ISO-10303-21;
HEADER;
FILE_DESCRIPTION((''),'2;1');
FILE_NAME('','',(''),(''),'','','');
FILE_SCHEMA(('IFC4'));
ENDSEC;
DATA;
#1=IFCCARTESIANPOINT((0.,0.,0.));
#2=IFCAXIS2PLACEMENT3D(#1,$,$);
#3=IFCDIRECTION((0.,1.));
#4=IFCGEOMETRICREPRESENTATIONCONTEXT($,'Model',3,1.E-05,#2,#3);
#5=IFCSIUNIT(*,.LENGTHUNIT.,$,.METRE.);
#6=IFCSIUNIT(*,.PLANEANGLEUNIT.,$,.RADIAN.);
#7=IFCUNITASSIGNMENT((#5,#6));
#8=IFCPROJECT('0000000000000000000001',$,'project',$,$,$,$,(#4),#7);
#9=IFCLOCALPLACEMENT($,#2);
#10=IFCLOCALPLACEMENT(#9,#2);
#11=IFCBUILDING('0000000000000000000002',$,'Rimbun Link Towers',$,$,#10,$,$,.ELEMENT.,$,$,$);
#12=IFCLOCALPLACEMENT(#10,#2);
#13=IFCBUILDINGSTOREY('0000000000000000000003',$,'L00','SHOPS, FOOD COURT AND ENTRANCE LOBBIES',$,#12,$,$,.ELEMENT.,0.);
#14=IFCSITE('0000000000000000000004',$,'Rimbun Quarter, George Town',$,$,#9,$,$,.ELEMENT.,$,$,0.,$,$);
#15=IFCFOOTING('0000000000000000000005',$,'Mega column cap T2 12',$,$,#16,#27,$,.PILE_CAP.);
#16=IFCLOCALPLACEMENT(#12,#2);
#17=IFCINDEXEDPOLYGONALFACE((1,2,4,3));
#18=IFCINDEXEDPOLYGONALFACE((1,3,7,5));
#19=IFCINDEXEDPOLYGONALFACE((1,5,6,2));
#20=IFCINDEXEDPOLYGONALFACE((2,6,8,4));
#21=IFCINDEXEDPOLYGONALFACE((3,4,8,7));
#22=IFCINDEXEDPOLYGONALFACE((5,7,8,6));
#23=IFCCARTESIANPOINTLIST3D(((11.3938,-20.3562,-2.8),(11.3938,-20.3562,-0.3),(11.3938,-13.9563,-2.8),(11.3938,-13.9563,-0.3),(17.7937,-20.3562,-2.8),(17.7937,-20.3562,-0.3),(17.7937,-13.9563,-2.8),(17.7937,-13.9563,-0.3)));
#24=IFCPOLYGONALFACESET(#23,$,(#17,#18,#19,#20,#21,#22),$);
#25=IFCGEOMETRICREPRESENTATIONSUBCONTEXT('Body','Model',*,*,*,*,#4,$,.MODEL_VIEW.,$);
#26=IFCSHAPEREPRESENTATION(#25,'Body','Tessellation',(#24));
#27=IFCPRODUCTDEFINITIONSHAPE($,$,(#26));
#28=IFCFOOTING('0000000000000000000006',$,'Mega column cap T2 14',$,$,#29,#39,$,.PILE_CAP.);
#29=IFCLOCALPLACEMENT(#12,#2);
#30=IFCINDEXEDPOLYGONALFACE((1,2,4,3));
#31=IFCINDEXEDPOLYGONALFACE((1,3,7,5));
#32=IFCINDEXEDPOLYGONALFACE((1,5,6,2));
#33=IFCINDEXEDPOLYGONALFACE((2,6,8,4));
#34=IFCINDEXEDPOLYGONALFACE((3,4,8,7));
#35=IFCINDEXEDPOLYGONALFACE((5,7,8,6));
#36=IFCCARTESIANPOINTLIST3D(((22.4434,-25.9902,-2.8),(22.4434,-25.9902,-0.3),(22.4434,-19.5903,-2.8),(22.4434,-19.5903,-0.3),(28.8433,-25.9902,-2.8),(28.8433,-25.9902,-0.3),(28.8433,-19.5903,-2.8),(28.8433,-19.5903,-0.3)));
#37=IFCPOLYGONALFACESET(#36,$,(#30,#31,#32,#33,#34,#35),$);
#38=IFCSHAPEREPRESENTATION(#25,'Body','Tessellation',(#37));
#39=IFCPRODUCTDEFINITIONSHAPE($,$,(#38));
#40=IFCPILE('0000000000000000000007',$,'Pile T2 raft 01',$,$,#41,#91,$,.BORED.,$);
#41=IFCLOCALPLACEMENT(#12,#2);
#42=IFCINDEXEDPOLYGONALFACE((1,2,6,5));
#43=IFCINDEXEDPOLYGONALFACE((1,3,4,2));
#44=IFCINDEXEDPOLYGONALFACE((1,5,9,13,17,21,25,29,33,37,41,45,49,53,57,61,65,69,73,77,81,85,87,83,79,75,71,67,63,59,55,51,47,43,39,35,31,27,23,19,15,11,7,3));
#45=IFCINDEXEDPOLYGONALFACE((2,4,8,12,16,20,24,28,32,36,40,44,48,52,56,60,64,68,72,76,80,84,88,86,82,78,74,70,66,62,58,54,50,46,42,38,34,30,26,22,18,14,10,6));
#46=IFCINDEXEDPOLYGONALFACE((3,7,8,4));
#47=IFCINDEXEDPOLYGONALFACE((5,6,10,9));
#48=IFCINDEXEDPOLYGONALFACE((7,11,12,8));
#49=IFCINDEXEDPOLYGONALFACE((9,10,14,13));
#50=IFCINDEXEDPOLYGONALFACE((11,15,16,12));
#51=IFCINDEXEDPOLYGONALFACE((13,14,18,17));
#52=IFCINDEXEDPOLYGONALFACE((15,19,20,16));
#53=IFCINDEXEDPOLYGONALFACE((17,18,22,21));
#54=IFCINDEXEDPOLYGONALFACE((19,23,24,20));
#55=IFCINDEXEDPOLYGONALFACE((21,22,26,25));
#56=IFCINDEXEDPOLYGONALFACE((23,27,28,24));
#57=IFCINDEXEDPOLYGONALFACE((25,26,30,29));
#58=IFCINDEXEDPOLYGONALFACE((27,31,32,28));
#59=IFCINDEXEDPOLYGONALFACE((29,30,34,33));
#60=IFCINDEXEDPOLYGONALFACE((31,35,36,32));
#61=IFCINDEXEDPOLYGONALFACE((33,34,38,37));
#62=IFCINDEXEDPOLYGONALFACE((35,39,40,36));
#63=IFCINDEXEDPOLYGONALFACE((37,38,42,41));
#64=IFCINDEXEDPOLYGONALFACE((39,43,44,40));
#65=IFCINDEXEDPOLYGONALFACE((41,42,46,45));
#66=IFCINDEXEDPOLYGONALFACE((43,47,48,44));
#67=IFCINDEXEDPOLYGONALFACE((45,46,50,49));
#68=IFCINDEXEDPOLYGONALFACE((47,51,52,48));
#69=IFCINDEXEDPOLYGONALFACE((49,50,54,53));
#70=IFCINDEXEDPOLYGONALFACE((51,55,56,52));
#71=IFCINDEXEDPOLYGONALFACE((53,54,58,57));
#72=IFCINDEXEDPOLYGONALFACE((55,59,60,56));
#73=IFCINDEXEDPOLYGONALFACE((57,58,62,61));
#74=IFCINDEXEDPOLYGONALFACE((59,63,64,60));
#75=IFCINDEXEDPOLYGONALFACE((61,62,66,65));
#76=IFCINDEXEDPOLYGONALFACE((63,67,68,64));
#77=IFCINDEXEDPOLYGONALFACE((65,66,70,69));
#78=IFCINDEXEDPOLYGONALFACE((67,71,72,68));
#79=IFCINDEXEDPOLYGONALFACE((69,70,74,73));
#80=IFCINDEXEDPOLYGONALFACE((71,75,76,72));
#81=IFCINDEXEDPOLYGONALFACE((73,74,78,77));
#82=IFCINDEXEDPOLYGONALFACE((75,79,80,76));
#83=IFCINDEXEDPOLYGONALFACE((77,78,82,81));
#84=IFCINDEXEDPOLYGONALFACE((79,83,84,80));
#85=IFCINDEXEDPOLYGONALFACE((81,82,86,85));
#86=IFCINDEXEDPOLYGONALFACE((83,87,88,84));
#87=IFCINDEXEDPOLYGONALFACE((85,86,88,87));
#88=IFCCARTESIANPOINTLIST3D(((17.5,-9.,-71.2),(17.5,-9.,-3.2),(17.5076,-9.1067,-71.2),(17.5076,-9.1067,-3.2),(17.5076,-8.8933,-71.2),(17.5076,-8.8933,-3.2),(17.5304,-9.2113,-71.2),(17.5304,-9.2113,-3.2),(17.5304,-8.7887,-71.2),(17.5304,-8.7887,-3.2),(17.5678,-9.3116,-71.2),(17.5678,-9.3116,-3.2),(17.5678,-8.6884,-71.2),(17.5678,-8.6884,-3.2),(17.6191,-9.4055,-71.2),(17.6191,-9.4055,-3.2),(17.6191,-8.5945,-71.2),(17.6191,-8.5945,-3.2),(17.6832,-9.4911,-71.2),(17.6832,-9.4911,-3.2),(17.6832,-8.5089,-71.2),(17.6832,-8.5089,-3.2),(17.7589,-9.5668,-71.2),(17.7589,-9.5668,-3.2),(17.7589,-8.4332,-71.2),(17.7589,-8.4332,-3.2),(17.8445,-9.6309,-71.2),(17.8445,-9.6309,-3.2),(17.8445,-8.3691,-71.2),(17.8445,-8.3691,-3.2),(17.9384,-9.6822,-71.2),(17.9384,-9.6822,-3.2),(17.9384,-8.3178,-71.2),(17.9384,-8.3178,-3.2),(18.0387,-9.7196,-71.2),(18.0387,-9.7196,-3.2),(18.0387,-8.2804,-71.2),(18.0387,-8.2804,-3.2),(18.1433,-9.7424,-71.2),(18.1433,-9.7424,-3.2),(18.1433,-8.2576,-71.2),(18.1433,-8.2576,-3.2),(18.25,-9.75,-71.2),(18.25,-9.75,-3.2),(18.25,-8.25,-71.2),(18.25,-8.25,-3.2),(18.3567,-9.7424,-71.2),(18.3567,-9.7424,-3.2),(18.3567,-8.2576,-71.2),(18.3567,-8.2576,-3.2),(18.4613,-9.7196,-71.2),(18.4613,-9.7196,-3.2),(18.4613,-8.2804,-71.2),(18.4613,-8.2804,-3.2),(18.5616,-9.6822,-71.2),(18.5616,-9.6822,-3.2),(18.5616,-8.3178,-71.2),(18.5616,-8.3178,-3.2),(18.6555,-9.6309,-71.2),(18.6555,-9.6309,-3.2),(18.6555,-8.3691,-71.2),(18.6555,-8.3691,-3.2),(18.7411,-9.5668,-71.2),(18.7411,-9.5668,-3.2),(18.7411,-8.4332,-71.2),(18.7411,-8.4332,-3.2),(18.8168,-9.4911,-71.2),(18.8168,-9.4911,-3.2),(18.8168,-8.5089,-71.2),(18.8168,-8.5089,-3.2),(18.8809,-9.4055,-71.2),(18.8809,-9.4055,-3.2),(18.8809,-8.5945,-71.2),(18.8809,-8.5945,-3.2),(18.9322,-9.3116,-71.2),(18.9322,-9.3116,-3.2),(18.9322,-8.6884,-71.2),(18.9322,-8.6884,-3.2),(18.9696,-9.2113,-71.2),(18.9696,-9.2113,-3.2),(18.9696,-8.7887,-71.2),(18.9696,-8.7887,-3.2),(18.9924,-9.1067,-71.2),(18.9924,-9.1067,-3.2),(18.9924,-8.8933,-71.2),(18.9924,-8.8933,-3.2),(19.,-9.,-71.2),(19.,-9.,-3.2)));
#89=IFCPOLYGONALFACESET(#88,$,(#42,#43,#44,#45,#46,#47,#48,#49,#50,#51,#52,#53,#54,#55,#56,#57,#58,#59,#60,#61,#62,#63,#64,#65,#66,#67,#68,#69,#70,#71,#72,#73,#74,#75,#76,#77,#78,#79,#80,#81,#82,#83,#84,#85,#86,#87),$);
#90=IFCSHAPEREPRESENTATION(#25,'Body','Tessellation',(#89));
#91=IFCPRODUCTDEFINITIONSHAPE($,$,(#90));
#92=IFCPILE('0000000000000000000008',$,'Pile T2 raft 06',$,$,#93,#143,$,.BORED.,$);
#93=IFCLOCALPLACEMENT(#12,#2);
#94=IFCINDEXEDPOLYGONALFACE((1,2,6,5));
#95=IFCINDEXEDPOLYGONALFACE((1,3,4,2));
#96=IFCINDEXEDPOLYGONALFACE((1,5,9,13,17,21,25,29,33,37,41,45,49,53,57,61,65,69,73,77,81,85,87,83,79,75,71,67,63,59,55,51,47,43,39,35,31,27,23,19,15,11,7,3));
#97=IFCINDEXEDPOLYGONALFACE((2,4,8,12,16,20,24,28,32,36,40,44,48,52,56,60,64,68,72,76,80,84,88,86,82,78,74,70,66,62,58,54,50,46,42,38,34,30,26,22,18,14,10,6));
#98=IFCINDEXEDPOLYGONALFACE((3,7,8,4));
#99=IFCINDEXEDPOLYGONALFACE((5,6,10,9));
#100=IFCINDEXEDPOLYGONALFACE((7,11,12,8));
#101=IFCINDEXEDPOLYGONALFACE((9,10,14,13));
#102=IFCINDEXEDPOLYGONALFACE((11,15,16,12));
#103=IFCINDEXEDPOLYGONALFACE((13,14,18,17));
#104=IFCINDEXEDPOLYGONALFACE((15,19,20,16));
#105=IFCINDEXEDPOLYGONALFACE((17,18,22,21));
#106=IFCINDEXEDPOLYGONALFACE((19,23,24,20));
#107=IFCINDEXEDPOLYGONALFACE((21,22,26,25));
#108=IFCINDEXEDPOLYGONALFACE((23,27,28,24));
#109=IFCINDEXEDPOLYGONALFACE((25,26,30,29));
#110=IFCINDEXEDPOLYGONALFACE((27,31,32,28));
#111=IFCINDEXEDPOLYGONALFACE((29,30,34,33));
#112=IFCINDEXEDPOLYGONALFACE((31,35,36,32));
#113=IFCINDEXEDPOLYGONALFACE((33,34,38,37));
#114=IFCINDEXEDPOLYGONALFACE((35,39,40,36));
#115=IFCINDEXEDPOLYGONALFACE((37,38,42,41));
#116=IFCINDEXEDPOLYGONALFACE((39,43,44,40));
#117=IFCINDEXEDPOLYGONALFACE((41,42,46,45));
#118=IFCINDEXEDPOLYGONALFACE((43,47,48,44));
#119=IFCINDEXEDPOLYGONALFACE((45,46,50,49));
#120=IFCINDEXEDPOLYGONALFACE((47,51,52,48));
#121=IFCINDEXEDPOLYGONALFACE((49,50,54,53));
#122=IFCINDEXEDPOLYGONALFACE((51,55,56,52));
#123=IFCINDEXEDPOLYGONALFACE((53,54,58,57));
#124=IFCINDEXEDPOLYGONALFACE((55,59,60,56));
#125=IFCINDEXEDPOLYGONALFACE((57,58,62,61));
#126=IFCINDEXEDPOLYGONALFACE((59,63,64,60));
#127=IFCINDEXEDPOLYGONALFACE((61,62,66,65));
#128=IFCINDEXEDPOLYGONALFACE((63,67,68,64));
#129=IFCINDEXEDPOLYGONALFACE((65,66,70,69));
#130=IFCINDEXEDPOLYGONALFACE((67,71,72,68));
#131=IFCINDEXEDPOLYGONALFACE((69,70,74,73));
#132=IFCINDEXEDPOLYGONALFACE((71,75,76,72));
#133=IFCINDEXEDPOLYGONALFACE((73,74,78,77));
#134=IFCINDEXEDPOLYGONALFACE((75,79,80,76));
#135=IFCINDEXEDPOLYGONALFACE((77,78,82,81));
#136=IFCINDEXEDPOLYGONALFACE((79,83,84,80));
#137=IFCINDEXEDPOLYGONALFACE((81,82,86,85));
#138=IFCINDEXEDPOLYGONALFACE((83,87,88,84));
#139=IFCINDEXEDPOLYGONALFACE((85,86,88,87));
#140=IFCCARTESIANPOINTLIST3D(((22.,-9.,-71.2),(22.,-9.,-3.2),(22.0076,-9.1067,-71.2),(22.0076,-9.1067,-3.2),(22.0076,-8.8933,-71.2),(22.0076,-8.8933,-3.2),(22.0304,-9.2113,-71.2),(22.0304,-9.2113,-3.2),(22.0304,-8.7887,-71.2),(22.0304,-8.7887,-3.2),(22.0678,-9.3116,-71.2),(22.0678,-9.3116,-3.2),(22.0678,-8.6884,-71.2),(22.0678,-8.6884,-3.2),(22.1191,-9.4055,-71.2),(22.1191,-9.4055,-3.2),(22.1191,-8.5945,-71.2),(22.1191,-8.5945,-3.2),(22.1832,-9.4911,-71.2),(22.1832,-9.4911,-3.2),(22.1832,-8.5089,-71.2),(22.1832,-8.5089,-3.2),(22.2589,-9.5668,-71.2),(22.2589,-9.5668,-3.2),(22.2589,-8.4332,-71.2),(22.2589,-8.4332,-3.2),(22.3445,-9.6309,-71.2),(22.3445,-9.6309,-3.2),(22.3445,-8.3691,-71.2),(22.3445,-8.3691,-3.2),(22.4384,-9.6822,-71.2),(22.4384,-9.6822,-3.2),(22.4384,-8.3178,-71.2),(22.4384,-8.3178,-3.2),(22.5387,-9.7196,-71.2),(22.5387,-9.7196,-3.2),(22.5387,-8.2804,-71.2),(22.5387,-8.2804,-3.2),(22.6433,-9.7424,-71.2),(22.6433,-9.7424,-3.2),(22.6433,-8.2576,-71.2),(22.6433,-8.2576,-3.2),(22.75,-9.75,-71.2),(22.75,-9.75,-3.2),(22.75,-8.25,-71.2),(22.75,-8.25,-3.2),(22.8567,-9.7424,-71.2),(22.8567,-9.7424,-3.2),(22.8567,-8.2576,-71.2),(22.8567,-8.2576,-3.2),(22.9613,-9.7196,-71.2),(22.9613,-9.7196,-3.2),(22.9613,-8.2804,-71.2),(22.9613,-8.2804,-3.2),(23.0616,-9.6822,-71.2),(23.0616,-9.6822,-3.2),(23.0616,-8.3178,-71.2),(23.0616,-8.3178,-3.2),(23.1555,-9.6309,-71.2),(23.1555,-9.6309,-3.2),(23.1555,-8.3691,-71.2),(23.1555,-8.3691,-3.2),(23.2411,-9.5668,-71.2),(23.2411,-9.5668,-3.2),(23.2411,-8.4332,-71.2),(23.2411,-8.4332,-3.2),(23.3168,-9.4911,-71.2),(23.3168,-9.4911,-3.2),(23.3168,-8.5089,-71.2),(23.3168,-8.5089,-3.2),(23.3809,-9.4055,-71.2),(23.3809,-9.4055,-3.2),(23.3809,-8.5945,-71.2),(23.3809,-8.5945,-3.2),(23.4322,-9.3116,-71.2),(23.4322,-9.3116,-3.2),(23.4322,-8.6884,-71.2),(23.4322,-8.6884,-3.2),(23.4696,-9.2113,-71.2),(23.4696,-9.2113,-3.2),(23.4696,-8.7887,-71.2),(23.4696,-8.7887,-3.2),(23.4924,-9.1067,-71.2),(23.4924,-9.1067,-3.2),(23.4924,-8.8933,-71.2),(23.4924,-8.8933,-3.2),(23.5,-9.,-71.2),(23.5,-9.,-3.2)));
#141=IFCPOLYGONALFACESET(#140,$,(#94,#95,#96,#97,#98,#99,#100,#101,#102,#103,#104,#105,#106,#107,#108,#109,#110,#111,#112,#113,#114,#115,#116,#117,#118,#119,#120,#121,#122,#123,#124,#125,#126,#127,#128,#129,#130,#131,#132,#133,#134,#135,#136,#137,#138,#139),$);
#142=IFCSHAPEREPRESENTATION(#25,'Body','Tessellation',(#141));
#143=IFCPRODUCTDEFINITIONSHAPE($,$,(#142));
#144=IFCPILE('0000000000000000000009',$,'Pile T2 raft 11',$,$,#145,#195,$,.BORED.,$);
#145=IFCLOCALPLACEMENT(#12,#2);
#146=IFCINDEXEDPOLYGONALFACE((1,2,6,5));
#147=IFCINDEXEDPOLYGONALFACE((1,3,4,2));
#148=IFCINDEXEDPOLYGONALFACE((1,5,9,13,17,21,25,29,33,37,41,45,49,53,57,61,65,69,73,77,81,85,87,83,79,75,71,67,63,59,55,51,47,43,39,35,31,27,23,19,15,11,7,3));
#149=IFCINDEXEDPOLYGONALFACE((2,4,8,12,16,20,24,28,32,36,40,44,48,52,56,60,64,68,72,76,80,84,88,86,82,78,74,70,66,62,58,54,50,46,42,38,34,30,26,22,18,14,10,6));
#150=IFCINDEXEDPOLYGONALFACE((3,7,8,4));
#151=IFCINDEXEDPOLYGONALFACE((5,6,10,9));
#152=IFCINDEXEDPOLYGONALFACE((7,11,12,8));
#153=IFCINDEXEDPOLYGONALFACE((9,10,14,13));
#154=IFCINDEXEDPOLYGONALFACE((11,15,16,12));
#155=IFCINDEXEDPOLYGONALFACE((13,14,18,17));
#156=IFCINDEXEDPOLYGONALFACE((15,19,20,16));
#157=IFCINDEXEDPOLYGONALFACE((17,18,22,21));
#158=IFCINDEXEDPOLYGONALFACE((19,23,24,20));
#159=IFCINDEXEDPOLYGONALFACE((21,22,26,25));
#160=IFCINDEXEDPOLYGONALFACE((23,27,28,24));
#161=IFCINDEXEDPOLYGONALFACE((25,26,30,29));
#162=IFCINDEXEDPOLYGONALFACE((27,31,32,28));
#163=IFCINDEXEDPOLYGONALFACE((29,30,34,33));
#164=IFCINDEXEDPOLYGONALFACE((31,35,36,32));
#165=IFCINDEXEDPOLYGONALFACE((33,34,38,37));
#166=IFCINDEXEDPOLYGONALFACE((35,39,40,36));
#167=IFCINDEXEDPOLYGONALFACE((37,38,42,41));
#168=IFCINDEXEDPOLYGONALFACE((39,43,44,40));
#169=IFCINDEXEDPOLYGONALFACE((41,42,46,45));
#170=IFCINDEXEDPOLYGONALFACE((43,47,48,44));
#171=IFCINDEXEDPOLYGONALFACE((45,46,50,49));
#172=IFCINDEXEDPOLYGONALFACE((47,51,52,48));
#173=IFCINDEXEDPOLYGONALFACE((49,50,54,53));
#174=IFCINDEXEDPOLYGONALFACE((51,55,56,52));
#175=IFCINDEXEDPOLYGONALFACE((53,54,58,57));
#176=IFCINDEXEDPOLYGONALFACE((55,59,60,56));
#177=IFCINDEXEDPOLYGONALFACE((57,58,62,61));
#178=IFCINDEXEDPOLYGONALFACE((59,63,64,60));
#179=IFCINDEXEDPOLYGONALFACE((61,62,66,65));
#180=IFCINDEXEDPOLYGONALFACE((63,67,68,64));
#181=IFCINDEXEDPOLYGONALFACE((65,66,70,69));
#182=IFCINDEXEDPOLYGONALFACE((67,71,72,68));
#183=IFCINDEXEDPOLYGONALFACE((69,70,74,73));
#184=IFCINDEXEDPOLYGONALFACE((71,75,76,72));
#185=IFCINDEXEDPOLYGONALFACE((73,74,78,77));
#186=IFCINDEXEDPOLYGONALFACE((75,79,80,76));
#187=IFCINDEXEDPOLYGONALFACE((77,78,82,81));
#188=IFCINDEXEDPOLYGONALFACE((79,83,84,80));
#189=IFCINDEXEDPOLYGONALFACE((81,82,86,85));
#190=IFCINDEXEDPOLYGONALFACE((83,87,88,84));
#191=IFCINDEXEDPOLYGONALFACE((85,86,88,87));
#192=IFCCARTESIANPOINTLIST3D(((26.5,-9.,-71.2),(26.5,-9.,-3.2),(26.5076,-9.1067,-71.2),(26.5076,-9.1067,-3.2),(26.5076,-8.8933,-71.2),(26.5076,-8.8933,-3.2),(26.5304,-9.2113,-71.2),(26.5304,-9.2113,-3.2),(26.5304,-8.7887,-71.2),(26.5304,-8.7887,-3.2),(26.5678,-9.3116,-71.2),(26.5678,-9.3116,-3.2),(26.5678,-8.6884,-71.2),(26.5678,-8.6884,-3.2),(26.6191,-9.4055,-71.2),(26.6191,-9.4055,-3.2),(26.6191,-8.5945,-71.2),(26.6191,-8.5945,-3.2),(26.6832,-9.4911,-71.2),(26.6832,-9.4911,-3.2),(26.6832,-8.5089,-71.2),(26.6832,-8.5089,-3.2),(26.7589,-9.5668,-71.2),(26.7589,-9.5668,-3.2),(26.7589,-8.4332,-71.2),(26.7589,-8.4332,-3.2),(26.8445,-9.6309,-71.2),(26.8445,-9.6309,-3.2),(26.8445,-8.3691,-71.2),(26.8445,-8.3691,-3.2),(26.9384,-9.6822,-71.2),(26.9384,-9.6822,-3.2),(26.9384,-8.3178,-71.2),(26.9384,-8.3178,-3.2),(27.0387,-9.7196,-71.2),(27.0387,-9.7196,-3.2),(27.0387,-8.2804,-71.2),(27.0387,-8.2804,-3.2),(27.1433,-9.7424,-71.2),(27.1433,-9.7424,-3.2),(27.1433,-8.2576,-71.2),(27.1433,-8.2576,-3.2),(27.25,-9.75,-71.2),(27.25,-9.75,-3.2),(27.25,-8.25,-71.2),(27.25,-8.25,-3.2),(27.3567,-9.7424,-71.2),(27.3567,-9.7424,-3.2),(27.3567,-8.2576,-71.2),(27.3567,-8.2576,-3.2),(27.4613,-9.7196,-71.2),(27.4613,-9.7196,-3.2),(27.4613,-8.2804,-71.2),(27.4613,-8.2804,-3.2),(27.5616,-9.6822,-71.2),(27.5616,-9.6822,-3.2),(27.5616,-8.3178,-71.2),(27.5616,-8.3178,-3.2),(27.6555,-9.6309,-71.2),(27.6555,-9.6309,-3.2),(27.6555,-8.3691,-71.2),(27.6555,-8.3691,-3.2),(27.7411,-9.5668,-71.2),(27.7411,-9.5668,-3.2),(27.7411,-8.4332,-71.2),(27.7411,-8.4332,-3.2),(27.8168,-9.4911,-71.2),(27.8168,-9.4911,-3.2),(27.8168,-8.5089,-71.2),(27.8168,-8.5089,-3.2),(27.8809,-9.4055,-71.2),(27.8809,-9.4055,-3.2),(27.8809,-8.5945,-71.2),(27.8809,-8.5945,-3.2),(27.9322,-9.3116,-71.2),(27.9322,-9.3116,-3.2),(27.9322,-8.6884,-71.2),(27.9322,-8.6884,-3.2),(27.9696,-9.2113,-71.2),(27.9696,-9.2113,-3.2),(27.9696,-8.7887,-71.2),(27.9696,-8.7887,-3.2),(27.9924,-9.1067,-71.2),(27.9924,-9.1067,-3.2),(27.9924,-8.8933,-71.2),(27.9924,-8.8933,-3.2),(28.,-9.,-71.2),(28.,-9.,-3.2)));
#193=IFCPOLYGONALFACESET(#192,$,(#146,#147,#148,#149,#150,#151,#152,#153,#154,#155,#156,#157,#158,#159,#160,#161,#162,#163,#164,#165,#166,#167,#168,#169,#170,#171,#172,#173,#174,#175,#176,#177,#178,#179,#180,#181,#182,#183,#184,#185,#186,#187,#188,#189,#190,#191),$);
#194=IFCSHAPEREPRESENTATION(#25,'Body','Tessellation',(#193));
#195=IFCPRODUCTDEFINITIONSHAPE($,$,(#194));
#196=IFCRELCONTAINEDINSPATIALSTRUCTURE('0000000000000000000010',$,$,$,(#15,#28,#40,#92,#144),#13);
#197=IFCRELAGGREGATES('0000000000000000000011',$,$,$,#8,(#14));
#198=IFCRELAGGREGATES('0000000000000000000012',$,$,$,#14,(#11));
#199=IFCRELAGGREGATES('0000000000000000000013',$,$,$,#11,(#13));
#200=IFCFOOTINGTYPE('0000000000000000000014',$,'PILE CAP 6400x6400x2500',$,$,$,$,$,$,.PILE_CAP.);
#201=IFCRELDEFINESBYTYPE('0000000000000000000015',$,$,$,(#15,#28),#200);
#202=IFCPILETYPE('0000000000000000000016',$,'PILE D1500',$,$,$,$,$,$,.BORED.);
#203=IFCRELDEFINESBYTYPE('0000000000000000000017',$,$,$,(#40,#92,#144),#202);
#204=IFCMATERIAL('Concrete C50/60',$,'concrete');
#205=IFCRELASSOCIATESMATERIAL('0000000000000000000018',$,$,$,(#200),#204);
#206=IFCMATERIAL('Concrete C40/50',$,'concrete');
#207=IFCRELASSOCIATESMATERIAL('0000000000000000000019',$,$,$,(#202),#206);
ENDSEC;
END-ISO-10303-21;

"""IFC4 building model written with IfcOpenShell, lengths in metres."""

from ifc_helpers import new_model, si_unit, direction, frame, origin, origin_2d, place, context, subcontext, project, spatial, rectangle, circle, extrude, material, material_profile, profile_set, type_object, element, save


model = new_model("IFC4")

# Units and contexts
model_context = context("Model", 3, precision=1e-05, world=origin(), true_north=direction((0.0, 1.0)))
body_context = subcontext(model_context, "Body", "Model", "MODEL_VIEW")
ifc_project = project(units=[si_unit("LENGTHUNIT", "METRE"), si_unit("PLANEANGLEUNIT", "RADIAN")], contexts=[model_context])

# Site, building, storey
site_placement = place(None, origin())
site = spatial("IfcSite", under=ifc_project, at=site_placement, Name="Rimbun Quarter, George Town", CompositionType="ELEMENT", RefElevation=0.0)
building_placement = place(site_placement, origin())
building = spatial("IfcBuilding", under=site, at=building_placement, Name="Rimbun Link Towers", CompositionType="ELEMENT")
storey_placement = place(building_placement, origin())
storey = spatial("IfcBuildingStorey", under=building, at=storey_placement, Name="L00", Description="SHOPS, FOOD COURT AND ENTRANCE LOBBIES", CompositionType="ELEMENT", Elevation=0.0)

# Footings
ifc_material_1 = material(Name="Concrete C50/60", Category="concrete")
footing_type = type_object("IfcFootingType", Name="PILE CAP 6400x6400x2500", PredefinedType="PILE_CAP", material=ifc_material_1)
for number, where, z_axis, x_axis, name in (
    (1, (14.5938, -17.1562, -2.8), (0.0, 0.0, 1.0), (1.0, 0.0, 0.0), "Mega column cap T2 12"),
    (2, (25.6433, -22.7903, -2.8), (0.0, 0.0, 1.0), (1.0, 0.0, 0.0), "Mega column cap T2 14"),
):
    element("IfcFooting", number, at=place(storey_placement, frame(where, z_axis=z_axis, x_axis=x_axis)), inside=storey, type_object=footing_type, Name=name, PredefinedType="PILE_CAP", context=body_context, shape_type="SweptSolid", body=[
        extrude(rectangle(XDim=6.3999, YDim=6.3999, at=origin_2d()), origin(), (0.0, 0.0, 1.0), 2.5),
    ])

# Piles
ifc_material_2 = material(Name="Concrete C40/50", Category="concrete")
ifc_material_profile_1 = material_profile(ifc_material_2, circle(Radius=0.75, at=origin_2d()), Name="PILE D1500")
ifc_profile_set_1 = profile_set([ifc_material_profile_1], Name="Concrete C40/50")
pile_type_1 = type_object("IfcPileType", Name="PILE D1500", PredefinedType="BORED", material=ifc_profile_set_1)
for number, where, z_axis, x_axis, name in (
    (3, (18.25, -9.0, -3.2), (0.0, 0.0, -1.0), (1.0, 0.0, 0.0), "Pile T2 raft 01"),
    (4, (22.75, -9.0, -3.2), (0.0, 0.0, -1.0), (1.0, 0.0, 0.0), "Pile T2 raft 06"),
    (5, (27.25, -9.0, -3.2), (0.0, 0.0, -1.0), (1.0, 0.0, 0.0), "Pile T2 raft 11"),
):
    element("IfcPile", number, at=place(storey_placement, frame(where, z_axis=z_axis, x_axis=x_axis)), inside=storey, type_object=pile_type_1, Name=name, PredefinedType="BORED", context=body_context, shape_type="SweptSolid", body=[
        extrude(circle(Radius=0.75, at=origin_2d()), origin(), (0.0, 0.0, 1.0), 68.0),
    ])

save(model, "model.ifc")
